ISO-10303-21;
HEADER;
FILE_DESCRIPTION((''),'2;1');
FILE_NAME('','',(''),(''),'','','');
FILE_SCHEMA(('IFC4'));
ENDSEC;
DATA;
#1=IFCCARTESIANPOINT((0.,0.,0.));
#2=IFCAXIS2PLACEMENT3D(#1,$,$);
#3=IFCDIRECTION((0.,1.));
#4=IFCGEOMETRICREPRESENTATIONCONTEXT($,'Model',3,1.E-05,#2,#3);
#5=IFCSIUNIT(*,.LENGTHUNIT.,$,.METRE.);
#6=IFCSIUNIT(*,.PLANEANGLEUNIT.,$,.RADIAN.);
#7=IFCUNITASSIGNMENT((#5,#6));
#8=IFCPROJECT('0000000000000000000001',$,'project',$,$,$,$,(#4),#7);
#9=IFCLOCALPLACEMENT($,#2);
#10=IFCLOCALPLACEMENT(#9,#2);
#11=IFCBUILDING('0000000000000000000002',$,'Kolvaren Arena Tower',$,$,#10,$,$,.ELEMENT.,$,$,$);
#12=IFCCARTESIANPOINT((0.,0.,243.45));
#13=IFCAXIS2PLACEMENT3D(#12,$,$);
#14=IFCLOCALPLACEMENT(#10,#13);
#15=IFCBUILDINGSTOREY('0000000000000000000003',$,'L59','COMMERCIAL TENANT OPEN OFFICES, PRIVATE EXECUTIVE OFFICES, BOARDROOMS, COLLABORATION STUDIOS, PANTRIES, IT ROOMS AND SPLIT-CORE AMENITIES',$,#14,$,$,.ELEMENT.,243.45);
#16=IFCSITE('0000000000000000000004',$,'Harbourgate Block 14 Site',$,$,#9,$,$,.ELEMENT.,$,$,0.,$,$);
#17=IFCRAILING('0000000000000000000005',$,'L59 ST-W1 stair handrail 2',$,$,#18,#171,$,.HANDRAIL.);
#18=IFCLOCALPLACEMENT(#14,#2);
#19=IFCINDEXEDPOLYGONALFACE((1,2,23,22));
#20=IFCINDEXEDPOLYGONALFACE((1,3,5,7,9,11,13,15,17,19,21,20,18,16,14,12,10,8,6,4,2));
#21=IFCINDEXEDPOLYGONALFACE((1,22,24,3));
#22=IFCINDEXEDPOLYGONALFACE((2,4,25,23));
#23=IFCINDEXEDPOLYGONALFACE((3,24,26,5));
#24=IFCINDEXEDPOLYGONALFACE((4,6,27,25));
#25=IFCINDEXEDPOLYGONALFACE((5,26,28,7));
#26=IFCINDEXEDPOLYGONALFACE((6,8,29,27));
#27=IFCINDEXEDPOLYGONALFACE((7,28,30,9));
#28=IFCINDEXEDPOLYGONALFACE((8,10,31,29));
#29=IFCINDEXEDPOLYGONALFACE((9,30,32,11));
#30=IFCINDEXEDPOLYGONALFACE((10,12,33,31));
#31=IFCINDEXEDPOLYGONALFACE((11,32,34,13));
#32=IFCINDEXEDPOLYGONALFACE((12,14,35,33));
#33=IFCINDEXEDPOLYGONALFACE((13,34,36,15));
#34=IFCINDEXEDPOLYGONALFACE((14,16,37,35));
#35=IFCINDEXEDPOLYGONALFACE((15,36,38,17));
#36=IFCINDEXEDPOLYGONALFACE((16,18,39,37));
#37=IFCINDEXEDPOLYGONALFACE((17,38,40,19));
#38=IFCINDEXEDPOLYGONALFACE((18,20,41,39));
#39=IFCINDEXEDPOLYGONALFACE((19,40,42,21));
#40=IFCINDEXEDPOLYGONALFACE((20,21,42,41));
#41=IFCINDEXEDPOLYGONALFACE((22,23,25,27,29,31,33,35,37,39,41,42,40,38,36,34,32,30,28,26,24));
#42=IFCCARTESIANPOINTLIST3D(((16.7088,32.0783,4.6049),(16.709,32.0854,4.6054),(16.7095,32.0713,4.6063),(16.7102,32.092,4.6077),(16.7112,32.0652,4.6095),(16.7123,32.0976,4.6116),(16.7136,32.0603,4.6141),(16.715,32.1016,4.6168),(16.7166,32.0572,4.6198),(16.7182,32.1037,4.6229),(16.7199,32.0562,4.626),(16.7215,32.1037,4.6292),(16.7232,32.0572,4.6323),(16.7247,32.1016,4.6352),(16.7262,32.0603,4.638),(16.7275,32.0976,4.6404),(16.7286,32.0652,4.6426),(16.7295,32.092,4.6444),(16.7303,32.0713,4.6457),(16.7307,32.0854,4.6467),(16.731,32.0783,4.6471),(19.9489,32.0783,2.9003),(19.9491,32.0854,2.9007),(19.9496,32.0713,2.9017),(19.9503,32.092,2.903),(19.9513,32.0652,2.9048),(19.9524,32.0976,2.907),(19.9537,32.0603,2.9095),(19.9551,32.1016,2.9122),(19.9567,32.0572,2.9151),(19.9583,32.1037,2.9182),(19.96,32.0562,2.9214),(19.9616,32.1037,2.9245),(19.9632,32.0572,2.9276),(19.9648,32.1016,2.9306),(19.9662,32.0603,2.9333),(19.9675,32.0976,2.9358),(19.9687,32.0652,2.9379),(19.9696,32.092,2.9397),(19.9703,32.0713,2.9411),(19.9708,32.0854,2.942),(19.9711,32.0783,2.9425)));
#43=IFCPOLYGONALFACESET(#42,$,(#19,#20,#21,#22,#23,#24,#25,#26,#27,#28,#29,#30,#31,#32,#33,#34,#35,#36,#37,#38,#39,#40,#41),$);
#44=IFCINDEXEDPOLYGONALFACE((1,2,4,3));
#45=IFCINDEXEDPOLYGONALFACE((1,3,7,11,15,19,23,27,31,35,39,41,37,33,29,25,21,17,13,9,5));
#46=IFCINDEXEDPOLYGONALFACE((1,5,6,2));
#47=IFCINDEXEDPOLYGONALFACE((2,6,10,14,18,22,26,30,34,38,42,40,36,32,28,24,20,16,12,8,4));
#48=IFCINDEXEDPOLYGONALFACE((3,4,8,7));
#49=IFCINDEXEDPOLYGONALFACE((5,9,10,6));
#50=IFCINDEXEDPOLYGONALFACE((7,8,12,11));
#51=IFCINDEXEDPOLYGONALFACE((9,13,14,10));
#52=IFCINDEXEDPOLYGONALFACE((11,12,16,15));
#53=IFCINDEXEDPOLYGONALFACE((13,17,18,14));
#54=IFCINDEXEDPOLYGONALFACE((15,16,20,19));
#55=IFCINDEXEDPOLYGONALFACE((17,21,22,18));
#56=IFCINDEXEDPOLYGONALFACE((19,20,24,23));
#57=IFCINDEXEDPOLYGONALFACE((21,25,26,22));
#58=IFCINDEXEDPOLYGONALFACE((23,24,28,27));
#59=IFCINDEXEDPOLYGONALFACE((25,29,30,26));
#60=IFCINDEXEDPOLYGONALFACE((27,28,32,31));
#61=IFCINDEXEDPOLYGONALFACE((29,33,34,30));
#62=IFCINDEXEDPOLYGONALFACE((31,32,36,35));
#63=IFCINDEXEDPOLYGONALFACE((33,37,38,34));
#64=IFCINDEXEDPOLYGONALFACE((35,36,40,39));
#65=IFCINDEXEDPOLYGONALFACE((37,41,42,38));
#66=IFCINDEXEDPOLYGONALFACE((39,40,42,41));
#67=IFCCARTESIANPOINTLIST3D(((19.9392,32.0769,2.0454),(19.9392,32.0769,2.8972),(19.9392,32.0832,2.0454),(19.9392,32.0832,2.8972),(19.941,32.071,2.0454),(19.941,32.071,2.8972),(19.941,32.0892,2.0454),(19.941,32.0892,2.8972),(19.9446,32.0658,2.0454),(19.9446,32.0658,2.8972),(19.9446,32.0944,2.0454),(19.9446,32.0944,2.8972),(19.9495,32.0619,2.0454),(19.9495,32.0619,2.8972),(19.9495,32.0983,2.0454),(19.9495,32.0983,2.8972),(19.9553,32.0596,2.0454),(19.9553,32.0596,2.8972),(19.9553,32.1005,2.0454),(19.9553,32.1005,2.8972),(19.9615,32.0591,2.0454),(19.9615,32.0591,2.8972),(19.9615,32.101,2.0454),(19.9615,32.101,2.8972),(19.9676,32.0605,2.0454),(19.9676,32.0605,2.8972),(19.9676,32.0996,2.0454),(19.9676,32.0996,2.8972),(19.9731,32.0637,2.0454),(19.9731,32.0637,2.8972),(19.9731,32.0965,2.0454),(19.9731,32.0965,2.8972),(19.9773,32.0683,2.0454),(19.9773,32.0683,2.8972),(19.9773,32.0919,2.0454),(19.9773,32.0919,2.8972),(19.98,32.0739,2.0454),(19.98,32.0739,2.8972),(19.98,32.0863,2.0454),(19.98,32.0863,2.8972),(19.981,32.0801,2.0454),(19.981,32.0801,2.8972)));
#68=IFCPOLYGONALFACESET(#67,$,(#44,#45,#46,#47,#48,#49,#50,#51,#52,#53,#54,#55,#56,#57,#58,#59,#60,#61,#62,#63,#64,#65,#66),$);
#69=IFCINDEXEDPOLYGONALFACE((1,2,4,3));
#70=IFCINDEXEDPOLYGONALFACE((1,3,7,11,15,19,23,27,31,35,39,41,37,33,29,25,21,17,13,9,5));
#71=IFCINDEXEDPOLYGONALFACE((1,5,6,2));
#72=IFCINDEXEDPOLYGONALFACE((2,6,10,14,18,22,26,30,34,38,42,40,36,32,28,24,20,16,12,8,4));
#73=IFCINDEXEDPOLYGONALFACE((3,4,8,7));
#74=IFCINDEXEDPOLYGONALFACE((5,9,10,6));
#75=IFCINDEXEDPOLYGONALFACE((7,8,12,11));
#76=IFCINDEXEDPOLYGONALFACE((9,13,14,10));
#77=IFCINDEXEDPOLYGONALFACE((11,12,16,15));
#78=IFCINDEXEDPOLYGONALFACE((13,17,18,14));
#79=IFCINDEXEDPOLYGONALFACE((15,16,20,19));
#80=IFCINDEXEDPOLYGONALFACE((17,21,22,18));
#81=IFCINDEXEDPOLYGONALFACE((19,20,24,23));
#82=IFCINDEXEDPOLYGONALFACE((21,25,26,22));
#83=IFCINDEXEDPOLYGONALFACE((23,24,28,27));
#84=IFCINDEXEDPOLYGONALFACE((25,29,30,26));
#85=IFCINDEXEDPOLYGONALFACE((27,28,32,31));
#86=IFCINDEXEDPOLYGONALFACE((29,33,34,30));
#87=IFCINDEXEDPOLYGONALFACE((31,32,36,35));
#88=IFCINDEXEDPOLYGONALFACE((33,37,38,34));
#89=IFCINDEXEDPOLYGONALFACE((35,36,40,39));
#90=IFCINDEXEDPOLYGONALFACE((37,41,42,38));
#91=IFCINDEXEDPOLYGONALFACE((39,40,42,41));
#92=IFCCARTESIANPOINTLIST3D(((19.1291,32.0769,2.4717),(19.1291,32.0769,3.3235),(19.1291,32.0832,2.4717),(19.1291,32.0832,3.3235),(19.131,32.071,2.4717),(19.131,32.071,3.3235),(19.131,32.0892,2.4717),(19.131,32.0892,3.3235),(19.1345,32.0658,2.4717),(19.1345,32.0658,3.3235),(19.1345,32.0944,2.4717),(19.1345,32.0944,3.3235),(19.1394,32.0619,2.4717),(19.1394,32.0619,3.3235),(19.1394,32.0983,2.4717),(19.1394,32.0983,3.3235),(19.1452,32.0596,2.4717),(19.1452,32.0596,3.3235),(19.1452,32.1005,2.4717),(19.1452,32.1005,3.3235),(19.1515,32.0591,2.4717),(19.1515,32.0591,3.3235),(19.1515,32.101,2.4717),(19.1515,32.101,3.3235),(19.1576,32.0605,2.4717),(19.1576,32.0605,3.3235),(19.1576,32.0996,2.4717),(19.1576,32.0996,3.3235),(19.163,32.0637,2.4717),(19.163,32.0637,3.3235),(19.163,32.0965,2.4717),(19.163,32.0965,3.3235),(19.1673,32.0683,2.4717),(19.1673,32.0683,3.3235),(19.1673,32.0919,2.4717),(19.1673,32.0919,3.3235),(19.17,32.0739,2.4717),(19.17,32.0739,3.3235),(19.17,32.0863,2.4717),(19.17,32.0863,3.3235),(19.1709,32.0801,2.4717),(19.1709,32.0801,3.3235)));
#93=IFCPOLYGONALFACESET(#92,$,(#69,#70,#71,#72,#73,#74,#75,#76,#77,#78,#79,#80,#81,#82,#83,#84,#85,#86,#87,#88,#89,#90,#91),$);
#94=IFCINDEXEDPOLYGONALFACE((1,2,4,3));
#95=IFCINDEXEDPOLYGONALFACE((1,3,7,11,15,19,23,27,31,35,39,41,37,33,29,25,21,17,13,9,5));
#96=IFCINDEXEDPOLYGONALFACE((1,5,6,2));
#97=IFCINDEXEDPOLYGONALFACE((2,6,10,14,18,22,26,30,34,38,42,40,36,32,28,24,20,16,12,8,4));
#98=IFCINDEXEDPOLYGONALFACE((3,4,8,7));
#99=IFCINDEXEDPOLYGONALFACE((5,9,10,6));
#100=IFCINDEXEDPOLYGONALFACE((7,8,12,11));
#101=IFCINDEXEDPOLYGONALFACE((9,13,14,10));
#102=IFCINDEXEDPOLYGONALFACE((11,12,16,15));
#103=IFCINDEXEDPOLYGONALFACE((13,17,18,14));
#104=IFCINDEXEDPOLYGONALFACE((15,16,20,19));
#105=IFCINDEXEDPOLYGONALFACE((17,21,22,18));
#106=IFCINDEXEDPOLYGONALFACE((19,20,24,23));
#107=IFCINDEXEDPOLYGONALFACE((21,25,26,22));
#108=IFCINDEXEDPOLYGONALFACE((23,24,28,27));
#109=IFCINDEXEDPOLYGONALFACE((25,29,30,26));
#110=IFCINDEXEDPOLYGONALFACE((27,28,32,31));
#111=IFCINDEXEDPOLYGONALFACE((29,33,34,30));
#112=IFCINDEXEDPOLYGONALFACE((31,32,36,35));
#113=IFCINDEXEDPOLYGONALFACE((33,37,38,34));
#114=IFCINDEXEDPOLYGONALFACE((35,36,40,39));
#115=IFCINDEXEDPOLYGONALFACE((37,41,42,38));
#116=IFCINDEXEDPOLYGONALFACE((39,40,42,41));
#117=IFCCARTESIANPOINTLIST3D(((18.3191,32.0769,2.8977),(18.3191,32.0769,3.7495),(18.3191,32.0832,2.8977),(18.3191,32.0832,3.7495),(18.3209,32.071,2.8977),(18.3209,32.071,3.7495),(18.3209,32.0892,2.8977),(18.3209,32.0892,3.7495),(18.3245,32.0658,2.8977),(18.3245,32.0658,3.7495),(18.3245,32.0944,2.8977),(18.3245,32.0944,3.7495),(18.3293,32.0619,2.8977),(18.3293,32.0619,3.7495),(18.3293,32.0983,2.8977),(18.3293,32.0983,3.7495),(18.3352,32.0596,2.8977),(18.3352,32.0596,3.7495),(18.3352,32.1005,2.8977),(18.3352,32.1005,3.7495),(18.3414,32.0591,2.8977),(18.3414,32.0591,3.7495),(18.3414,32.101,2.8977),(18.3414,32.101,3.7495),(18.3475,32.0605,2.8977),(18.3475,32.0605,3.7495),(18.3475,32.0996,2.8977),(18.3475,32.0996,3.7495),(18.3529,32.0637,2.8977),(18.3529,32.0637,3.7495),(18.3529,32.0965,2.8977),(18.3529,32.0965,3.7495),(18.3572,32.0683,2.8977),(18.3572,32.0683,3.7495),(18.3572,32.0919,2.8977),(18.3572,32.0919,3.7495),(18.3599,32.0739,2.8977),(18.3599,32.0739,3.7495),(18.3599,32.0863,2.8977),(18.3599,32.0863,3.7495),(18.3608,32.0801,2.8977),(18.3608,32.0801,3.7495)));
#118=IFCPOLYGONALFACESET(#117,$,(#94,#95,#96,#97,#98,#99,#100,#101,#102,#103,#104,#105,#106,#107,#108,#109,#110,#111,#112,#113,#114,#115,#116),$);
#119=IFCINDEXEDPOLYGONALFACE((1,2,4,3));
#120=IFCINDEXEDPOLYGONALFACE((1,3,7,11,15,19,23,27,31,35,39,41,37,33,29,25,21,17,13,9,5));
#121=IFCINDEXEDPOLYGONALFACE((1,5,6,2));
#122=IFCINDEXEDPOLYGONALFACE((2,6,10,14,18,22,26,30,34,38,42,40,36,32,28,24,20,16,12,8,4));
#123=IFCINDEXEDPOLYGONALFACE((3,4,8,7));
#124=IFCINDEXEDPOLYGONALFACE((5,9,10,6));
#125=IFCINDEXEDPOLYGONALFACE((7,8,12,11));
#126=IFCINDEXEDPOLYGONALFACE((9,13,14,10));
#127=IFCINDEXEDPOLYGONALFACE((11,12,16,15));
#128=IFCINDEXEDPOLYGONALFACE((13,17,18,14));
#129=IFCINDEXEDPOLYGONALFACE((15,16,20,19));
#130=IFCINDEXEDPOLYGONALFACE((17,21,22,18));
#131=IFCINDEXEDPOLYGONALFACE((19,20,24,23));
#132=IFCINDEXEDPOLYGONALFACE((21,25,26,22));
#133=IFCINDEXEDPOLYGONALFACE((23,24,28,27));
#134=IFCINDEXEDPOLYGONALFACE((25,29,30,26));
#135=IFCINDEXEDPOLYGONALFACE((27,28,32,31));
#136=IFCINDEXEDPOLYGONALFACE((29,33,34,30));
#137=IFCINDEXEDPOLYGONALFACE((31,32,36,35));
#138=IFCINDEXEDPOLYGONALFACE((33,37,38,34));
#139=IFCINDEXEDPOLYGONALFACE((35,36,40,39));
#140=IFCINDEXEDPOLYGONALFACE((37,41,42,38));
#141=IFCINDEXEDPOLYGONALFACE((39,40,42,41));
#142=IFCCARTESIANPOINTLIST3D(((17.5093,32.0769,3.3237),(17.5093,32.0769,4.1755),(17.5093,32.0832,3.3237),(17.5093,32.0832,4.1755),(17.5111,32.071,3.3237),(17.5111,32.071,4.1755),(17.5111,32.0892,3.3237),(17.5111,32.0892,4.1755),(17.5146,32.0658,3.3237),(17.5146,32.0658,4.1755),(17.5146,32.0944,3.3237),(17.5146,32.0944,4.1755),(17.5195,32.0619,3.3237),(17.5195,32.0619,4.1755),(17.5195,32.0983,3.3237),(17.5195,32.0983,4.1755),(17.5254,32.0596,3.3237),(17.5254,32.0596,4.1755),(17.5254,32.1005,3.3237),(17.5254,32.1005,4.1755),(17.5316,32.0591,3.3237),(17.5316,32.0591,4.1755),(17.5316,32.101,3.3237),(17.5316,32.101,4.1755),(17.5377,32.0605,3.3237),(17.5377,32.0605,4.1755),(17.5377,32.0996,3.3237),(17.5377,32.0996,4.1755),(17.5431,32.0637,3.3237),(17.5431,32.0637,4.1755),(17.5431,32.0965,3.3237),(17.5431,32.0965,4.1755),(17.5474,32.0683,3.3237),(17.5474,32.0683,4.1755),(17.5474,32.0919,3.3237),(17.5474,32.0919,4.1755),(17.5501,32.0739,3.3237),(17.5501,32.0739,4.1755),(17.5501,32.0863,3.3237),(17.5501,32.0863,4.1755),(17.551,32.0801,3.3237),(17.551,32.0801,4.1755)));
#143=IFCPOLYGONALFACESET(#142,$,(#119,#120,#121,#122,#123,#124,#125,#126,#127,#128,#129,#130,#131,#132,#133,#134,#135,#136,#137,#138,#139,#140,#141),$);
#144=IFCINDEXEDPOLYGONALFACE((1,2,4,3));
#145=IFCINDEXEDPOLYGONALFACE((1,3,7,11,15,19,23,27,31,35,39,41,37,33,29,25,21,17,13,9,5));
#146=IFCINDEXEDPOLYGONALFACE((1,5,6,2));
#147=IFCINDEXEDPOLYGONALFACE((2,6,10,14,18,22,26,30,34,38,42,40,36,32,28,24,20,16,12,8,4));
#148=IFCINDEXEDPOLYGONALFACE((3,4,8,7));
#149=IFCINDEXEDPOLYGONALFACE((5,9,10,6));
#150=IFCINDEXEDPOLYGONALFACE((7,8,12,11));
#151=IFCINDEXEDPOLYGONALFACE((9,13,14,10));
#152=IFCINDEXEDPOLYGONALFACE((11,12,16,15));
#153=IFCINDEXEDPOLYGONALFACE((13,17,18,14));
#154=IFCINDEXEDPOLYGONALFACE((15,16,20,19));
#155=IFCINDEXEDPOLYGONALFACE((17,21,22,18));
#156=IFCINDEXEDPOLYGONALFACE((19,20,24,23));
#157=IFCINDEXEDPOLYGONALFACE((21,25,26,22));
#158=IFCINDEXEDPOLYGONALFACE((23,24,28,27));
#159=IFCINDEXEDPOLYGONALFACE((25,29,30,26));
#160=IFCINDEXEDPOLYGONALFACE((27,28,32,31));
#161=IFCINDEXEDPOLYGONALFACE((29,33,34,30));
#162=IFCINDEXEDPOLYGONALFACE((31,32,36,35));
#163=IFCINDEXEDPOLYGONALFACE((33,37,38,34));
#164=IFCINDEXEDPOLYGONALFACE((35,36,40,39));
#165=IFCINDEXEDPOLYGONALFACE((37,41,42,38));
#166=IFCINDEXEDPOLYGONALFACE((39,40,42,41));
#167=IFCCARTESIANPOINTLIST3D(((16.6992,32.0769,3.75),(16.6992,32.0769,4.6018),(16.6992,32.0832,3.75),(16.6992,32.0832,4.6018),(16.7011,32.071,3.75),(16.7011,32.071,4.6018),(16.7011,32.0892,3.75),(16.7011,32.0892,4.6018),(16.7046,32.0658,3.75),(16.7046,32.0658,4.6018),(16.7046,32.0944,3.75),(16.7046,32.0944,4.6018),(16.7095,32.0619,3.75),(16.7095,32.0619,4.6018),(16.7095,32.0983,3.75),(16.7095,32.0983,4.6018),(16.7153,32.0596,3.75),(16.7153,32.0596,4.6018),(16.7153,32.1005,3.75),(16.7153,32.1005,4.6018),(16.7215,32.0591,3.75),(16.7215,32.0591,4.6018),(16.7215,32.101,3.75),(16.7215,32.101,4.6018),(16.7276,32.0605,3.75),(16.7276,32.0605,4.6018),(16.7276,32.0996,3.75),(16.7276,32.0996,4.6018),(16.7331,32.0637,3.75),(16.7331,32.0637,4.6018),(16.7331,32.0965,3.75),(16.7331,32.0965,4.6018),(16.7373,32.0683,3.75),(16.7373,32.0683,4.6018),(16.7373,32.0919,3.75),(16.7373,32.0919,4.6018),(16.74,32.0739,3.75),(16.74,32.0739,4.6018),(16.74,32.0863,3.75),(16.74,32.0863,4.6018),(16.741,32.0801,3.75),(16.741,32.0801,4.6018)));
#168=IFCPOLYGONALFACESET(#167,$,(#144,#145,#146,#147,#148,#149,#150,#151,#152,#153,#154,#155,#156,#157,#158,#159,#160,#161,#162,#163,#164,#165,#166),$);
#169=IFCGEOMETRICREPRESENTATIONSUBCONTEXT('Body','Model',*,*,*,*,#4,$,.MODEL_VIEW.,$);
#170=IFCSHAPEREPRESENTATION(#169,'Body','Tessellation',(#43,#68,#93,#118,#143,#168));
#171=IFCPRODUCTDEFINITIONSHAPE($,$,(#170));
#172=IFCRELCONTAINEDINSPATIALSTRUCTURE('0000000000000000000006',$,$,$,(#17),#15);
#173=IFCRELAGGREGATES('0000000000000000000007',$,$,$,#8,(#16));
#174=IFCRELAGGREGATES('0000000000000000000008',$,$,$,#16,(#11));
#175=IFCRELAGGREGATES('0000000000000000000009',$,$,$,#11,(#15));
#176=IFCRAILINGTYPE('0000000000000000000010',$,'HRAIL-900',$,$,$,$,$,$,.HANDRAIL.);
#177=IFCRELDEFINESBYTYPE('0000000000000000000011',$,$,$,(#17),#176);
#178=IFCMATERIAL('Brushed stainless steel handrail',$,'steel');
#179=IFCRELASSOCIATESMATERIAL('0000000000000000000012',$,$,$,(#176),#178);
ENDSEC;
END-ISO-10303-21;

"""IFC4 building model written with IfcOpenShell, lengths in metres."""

from ifc_helpers import new_model, si_unit, direction, frame, origin, origin_2d, place, context, subcontext, project, spatial, circle, extrude, material, type_object, element, save


model = new_model("IFC4")

# Units and contexts
model_context = context("Model", 3, precision=1e-05, world=origin(), true_north=direction((0.0, 1.0)))
body_context = subcontext(model_context, "Body", "Model", "MODEL_VIEW")
ifc_project = project(units=[si_unit("LENGTHUNIT", "METRE"), si_unit("PLANEANGLEUNIT", "RADIAN")], contexts=[model_context])

# Site, building, storey
site_placement = place(None, origin())
site = spatial("IfcSite", under=ifc_project, at=site_placement, Name="Harbourgate Block 14 Site", CompositionType="ELEMENT", RefElevation=0.0)
building_placement = place(site_placement, origin())
building = spatial("IfcBuilding", under=site, at=building_placement, Name="Kolvaren Arena Tower", CompositionType="ELEMENT")
storey_placement = place(building_placement, frame((0.0, 0.0, 243.45)))
storey = spatial("IfcBuildingStorey", under=building, at=storey_placement, Name="L59", Description="COMMERCIAL TENANT OPEN OFFICES, PRIVATE EXECUTIVE OFFICES, BOARDROOMS, COLLABORATION STUDIOS, PANTRIES, IT ROOMS AND SPLIT-CORE AMENITIES", CompositionType="ELEMENT", Elevation=243.45)

# Railing
ifc_material_1 = material(Name="Brushed stainless steel handrail", Category="steel")
railing_type_1 = type_object("IfcRailingType", Name="HRAIL-900", PredefinedType="HANDRAIL", material=ifc_material_1)
railing_1_placement = place(storey_placement, frame((19.96, 32.0801, 2.0454)))
element("IfcRailing", 1, at=railing_1_placement, inside=storey, type_object=railing_type_1, Name="L59 ST-W1 stair handrail 2", PredefinedType="HANDRAIL", context=body_context, shape_type="SweptSolid", body=[
    extrude(circle(Radius=0.0239, at=origin_2d()), frame((0.0, 0.0, 0.876), z_axis=(-0.884993, 0.0, 0.465604), x_axis=(0.0, -1.0, 0.0)), (0.0, 0.0, 1.0), 3.6611),
    extrude(circle(Radius=0.021, at=origin_2d()), origin(), (0.0, 0.0, 1.0), 0.8518),
    extrude(circle(Radius=0.021, at=origin_2d()), frame((-0.8101, 0.0, 0.4263)), (0.0, 0.0, 1.0), 0.8518),
    extrude(circle(Radius=0.021, at=origin_2d()), frame((-1.6201, 0.0, 0.8523)), (0.0, 0.0, 1.0), 0.8518),
    extrude(circle(Radius=0.021, at=origin_2d()), frame((-2.4299, 0.0, 1.2783)), (0.0, 0.0, 1.0), 0.8518),
    extrude(circle(Radius=0.021, at=origin_2d()), frame((-3.24, 0.0, 1.7046)), (0.0, 0.0, 1.0), 0.8518),
])

save(model, "model.ifc")
